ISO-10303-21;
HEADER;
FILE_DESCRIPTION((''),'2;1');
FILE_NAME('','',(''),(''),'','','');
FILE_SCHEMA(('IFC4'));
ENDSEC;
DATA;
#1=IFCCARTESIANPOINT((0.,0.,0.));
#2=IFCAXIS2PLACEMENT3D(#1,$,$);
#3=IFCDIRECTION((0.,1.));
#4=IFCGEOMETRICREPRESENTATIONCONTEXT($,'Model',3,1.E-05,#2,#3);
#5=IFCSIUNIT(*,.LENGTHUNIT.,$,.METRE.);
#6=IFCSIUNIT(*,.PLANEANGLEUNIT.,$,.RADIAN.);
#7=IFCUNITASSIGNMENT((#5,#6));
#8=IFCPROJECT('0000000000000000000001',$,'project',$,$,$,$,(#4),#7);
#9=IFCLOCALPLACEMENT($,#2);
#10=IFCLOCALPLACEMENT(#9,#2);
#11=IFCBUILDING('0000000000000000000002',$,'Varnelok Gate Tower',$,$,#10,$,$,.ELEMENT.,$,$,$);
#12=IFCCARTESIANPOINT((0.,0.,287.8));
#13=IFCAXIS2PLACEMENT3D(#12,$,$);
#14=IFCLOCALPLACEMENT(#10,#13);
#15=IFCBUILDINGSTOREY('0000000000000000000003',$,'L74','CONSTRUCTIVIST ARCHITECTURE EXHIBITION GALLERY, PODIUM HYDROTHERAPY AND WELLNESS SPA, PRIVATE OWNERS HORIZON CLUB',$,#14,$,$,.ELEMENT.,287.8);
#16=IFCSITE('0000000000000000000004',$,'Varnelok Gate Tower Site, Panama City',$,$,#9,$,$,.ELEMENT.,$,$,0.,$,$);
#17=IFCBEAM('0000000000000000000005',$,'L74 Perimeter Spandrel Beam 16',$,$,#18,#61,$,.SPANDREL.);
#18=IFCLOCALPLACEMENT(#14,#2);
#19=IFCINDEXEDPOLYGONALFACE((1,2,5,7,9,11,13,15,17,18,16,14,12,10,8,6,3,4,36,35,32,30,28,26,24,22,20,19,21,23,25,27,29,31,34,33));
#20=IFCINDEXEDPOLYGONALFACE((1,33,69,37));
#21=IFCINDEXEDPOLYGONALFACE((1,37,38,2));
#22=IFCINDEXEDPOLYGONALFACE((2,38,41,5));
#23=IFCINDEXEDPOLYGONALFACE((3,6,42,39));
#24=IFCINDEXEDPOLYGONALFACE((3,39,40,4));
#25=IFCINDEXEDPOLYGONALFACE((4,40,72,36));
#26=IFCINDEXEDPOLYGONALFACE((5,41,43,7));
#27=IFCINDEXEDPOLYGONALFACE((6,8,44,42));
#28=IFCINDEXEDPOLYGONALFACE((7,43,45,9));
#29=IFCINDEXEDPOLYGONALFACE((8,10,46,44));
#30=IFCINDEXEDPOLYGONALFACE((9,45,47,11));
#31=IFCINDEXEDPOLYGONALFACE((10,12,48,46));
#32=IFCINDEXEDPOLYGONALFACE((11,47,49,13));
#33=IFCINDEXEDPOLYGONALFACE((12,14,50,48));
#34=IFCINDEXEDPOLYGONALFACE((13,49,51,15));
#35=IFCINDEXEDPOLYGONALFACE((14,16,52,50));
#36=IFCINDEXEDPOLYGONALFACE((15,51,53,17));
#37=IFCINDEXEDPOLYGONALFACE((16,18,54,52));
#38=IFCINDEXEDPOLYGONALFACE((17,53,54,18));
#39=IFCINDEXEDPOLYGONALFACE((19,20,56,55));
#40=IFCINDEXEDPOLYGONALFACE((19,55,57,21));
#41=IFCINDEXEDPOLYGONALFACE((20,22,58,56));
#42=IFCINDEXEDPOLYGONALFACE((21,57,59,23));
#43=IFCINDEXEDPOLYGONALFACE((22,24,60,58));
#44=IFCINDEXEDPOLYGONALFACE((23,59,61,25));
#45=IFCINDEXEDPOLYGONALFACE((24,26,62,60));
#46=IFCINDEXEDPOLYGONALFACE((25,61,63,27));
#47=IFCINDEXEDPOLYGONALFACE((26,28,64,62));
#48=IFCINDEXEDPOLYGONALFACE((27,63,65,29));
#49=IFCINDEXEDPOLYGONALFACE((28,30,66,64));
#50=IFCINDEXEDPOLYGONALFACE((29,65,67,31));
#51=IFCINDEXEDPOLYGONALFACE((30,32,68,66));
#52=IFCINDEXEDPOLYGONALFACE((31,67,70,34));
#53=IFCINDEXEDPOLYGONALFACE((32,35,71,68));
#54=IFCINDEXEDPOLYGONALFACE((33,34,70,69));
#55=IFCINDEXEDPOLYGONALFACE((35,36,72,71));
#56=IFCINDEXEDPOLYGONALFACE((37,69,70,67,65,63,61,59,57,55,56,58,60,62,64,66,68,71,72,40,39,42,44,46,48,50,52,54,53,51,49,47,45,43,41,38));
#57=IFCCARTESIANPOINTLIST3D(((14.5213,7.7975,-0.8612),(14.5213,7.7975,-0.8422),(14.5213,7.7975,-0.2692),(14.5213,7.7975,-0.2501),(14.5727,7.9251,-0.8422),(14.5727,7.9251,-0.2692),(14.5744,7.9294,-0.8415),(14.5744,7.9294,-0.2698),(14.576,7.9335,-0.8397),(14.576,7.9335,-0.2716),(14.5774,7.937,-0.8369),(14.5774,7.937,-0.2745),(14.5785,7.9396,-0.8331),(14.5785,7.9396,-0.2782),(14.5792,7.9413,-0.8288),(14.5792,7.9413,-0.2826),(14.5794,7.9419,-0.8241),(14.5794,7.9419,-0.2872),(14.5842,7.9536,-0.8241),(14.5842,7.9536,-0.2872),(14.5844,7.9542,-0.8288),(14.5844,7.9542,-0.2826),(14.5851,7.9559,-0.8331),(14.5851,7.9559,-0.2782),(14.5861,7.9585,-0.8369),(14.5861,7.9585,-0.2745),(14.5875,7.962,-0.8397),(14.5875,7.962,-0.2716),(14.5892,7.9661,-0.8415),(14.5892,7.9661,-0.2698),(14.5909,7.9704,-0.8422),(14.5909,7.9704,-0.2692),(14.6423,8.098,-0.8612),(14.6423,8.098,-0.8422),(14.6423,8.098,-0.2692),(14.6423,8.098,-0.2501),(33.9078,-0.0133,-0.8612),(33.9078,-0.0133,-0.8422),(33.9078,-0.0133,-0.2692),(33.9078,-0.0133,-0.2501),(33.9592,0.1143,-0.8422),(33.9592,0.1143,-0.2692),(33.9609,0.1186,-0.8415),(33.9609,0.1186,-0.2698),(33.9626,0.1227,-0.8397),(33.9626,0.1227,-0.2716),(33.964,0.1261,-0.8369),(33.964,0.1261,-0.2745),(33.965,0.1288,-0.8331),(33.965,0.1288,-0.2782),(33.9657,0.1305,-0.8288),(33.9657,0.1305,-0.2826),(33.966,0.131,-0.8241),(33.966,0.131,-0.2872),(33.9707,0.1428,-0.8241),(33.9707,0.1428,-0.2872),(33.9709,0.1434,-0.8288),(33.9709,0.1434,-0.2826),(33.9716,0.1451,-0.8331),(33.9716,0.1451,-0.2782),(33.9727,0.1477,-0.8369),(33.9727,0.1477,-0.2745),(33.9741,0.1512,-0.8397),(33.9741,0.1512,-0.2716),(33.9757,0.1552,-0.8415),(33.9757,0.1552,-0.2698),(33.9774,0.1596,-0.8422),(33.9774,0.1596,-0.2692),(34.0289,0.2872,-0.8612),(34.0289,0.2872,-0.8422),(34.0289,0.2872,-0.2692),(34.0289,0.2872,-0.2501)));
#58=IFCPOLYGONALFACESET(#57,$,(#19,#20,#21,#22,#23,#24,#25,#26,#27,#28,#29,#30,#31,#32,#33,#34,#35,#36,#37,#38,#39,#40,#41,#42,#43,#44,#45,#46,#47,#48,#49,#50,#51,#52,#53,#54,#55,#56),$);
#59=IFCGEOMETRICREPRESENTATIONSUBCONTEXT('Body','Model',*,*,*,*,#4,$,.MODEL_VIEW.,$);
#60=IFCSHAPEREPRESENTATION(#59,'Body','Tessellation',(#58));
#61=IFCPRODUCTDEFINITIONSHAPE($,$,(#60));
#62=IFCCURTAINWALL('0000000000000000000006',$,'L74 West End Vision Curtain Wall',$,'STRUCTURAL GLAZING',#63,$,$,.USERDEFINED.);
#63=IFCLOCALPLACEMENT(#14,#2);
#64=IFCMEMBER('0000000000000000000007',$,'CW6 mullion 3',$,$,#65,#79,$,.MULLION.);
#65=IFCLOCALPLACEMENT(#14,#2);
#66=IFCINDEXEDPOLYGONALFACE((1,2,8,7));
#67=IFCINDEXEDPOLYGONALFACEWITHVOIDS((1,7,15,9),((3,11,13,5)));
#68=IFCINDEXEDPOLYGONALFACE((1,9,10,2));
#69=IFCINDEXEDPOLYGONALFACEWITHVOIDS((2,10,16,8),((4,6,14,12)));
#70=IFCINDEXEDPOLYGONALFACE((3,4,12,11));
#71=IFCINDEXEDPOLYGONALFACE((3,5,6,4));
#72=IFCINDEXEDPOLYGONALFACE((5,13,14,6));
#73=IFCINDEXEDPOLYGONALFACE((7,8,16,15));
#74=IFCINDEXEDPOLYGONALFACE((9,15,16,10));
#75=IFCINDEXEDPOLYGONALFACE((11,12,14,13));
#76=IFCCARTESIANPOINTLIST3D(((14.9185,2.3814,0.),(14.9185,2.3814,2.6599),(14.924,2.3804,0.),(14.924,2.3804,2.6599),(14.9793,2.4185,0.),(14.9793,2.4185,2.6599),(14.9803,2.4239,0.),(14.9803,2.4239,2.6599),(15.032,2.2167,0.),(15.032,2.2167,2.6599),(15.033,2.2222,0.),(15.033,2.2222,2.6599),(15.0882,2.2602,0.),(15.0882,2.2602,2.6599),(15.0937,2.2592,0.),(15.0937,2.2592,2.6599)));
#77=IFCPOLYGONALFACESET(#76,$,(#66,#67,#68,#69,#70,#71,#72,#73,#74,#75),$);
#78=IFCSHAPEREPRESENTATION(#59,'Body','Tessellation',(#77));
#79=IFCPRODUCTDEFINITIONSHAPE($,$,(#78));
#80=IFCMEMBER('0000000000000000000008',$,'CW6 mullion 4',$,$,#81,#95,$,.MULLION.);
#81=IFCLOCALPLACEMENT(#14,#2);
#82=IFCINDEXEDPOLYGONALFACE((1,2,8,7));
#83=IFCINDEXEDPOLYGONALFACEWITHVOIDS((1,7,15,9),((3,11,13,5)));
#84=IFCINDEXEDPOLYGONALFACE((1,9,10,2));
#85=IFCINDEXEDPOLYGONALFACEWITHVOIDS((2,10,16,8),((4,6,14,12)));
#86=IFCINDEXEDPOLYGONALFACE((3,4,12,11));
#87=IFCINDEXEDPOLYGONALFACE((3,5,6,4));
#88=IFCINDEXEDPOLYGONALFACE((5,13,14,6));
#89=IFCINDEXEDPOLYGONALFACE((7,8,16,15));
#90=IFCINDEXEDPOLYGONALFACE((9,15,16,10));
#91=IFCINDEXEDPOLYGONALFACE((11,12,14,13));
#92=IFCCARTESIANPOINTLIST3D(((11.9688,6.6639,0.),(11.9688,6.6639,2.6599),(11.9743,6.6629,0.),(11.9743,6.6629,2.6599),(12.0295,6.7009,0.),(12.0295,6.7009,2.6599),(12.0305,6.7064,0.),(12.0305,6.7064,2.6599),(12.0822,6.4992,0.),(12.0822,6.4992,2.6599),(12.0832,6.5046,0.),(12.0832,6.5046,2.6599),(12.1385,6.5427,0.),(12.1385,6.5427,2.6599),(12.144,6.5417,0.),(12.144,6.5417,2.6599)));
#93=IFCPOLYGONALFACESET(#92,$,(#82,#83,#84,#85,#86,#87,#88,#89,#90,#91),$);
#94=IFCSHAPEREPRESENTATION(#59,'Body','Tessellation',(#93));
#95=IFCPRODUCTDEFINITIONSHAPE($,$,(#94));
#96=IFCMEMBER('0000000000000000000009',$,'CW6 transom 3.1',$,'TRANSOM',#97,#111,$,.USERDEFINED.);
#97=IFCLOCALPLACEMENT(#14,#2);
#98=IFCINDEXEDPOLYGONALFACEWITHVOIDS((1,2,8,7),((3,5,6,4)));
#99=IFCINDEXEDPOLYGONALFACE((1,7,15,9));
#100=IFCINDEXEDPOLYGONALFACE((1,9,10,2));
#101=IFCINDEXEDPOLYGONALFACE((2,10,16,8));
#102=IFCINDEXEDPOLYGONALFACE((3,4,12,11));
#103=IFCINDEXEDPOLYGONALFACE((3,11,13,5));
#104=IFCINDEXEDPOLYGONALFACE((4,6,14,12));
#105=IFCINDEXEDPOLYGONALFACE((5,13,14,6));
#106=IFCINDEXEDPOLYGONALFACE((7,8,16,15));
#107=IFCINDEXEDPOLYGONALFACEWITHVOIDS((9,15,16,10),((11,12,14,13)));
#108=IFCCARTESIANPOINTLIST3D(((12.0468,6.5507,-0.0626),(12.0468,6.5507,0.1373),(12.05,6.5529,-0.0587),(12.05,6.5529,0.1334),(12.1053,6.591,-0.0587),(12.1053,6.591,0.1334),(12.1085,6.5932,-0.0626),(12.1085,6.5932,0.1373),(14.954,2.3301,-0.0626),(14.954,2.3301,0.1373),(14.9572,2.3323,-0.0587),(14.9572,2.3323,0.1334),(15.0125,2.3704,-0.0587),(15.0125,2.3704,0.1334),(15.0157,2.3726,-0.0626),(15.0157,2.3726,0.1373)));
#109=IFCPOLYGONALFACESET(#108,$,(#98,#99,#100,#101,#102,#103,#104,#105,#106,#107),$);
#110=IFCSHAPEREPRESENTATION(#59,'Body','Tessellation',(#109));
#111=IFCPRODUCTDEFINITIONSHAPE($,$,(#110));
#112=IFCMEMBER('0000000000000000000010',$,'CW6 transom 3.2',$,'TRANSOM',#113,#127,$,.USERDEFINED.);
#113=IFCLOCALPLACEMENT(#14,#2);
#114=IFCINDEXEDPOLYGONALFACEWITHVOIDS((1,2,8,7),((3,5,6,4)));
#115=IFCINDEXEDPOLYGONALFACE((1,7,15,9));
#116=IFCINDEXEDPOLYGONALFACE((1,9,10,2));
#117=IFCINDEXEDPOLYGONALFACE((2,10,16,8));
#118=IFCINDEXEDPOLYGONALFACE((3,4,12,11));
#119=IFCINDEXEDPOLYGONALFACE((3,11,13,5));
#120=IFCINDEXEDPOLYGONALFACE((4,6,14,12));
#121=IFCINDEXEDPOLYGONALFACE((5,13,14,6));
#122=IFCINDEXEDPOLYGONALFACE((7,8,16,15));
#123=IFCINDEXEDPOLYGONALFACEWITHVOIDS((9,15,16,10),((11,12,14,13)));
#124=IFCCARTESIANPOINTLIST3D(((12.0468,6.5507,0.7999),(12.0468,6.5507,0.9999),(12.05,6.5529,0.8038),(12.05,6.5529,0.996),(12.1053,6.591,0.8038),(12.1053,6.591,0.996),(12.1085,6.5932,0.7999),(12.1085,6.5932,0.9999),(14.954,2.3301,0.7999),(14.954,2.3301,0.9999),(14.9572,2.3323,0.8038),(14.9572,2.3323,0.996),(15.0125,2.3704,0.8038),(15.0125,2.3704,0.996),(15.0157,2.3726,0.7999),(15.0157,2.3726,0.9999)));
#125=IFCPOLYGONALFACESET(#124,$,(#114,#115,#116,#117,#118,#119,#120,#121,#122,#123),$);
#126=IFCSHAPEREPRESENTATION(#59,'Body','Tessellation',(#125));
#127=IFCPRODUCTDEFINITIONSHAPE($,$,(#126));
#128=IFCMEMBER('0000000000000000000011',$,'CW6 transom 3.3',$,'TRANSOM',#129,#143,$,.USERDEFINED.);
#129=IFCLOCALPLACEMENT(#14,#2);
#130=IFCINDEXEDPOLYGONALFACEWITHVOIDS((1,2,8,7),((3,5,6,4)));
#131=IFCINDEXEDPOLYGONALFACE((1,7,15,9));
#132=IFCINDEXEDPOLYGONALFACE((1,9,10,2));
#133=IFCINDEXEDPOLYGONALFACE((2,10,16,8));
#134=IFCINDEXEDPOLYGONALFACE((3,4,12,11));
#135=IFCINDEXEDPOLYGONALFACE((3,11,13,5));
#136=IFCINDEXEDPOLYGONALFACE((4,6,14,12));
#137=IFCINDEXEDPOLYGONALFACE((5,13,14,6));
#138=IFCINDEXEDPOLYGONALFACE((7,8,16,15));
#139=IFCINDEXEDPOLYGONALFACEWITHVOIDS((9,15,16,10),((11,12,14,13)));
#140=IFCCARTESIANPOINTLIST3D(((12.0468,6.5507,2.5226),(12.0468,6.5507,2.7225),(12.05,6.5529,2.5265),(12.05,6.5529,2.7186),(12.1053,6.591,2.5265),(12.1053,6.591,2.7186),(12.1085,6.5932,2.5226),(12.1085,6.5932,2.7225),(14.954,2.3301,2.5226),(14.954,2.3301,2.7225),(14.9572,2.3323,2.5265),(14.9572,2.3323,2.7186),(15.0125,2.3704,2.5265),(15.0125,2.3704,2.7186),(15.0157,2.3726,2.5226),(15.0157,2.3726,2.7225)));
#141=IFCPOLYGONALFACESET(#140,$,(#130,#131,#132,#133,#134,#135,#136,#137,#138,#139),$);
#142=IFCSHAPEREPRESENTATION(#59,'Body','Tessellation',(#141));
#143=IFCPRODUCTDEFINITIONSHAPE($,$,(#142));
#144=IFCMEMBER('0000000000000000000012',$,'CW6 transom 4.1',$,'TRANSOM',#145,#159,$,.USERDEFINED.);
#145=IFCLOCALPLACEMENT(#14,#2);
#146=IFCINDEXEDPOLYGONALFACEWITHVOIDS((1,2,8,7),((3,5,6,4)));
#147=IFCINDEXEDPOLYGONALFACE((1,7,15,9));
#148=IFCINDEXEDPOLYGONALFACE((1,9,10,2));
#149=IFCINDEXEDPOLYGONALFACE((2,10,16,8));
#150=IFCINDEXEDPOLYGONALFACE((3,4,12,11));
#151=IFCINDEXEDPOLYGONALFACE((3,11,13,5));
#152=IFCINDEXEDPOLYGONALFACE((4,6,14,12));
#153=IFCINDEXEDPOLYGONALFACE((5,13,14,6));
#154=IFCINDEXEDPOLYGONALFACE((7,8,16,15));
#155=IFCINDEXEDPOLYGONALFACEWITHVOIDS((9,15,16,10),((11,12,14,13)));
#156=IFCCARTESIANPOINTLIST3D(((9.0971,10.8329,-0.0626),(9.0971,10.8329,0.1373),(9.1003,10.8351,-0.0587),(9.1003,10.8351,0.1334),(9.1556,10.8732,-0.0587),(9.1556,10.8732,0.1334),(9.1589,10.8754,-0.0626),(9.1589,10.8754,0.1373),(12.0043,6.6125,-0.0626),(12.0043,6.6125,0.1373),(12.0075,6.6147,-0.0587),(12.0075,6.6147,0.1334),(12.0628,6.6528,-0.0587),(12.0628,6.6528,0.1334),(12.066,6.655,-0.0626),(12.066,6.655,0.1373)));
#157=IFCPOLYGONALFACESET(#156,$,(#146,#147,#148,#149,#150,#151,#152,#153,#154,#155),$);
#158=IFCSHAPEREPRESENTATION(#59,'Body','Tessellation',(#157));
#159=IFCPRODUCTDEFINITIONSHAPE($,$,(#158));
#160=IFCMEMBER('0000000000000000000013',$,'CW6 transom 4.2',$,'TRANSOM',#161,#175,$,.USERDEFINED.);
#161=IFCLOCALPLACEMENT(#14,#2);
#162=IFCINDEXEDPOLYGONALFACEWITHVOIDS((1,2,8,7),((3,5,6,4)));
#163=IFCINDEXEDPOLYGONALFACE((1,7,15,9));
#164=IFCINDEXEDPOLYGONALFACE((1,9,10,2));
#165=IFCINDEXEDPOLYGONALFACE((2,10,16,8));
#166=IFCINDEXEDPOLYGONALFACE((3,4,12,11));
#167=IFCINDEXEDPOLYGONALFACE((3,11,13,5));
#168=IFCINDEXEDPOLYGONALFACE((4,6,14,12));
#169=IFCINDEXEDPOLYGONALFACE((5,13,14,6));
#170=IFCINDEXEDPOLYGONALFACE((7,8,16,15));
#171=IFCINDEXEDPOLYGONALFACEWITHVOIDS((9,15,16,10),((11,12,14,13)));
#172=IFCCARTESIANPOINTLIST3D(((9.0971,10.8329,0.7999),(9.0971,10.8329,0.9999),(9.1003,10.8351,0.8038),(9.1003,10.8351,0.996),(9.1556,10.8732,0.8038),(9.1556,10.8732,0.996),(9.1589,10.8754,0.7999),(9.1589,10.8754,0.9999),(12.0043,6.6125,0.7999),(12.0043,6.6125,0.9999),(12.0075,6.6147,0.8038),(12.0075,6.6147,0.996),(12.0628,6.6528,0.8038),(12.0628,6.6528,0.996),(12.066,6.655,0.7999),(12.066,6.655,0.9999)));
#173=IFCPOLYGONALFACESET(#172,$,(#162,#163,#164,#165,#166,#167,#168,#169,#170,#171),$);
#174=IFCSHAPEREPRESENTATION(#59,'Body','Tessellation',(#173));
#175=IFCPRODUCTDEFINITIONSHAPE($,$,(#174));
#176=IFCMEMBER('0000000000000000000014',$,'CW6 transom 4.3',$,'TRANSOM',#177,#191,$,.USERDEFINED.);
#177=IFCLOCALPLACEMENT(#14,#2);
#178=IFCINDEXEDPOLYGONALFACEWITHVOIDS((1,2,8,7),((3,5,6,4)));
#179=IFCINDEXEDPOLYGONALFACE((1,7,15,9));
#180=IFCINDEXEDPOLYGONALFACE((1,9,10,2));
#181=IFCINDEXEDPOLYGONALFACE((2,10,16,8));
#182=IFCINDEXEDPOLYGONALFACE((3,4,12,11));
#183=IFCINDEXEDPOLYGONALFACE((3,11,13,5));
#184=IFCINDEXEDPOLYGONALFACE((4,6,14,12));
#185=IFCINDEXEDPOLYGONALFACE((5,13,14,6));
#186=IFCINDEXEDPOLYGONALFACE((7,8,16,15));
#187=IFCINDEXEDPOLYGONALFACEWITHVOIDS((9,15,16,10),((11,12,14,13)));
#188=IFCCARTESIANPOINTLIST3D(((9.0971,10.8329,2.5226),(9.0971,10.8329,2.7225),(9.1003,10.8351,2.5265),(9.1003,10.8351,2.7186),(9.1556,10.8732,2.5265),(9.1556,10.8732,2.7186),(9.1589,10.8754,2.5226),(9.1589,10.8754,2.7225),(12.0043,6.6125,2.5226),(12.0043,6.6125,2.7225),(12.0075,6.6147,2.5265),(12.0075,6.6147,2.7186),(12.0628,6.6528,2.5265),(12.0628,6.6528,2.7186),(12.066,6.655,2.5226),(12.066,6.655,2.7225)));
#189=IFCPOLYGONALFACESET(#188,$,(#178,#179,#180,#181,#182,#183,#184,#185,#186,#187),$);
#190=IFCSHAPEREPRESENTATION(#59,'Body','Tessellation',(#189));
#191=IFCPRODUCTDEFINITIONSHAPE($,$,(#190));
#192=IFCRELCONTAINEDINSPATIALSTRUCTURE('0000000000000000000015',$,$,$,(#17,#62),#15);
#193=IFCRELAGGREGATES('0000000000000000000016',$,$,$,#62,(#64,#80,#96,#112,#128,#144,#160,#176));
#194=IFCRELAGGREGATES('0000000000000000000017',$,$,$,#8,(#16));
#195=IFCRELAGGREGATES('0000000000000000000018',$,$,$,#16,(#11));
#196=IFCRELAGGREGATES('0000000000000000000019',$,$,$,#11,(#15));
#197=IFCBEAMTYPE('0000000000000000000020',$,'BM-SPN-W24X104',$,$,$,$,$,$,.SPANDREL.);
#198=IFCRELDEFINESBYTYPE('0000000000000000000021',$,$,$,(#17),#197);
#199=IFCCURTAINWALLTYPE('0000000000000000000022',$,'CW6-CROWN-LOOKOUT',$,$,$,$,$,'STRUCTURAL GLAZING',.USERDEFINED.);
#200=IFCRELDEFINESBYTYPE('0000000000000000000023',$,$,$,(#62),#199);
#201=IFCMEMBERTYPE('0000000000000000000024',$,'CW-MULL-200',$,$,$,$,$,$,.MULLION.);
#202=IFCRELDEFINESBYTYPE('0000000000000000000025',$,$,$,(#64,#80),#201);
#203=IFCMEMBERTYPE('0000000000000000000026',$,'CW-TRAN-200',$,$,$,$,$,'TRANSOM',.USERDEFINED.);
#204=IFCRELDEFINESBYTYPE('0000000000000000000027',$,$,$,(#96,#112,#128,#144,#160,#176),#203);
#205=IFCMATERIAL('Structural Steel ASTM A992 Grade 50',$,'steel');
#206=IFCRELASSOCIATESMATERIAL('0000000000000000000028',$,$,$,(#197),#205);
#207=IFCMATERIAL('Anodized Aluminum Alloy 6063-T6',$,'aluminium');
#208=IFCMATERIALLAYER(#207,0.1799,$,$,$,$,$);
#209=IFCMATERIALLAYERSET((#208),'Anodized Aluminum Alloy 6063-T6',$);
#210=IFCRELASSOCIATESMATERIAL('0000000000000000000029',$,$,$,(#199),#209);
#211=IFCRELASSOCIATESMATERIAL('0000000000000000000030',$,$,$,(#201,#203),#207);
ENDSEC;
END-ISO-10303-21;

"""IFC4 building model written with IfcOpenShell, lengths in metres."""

from ifc_helpers import new_model, si_unit, direction, frame, origin, origin_2d, place, context, subcontext, project, spatial, hollow_rectangle, i_section, extrude, material, layer, layer_set, material_profile, profile_set, type_object, element, aggregate, save


model = new_model("IFC4")

# Units and contexts
model_context = context("Model", 3, precision=1e-05, world=origin(), true_north=direction((0.0, 1.0)))
body_context = subcontext(model_context, "Body", "Model", "MODEL_VIEW")
ifc_project = project(units=[si_unit("LENGTHUNIT", "METRE"), si_unit("PLANEANGLEUNIT", "RADIAN")], contexts=[model_context])

# Site, building, storey
site_placement = place(None, origin())
site = spatial("IfcSite", under=ifc_project, at=site_placement, Name="Varnelok Gate Tower Site, Panama City", CompositionType="ELEMENT", RefElevation=0.0)
building_placement = place(site_placement, origin())
building = spatial("IfcBuilding", under=site, at=building_placement, Name="Varnelok Gate Tower", CompositionType="ELEMENT")
storey_placement = place(building_placement, frame((0.0, 0.0, 287.8)))
storey = spatial("IfcBuildingStorey", under=building, at=storey_placement, Name="L74", Description="CONSTRUCTIVIST ARCHITECTURE EXHIBITION GALLERY, PODIUM HYDROTHERAPY AND WELLNESS SPA, PRIVATE OWNERS HORIZON CLUB", CompositionType="ELEMENT", Elevation=287.8)

# Beam
ifc_material_1 = material(Name="Structural Steel ASTM A992 Grade 50", Category="steel")
ifc_material_profile_1 = material_profile(ifc_material_1, i_section(OverallWidth=0.324, OverallDepth=0.6111, WebThickness=0.0127, FlangeThickness=0.019, FilletRadius=0.0181, at=origin_2d()), Name="W24X104")
ifc_profile_set_1 = profile_set([ifc_material_profile_1], Name="Structural Steel ASTM A992 Grade 50")
beam_type = type_object("IfcBeamType", Name="BM-SPN-W24X104", PredefinedType="SPANDREL", material=ifc_profile_set_1)
beam_placement = place(storey_placement, frame((14.5818, 7.9478, -0.5557), z_axis=(0.927547, -0.373708, 0.0), x_axis=(0.373708, 0.927547, 0.0)))
element("IfcBeam", 1, at=beam_placement, inside=storey, type_object=beam_type, Name="L74 Perimeter Spandrel Beam 16", PredefinedType="SPANDREL", context=body_context, shape_type="SweptSolid", body=[
    extrude(i_section(OverallWidth=0.324, OverallDepth=0.6111, WebThickness=0.0127, FlangeThickness=0.019, FilletRadius=0.0181, at=origin_2d()), origin(), (0.0, 0.0, 1.0), 20.9009),
])

# Curtain wall, members
ifc_material_2 = material(Name="Anodized Aluminum Alloy 6063-T6", Category="aluminium")
ifc_layer_1 = layer(ifc_material_2, 0.1799)
ifc_layer_set_1 = layer_set([ifc_layer_1], Name="Anodized Aluminum Alloy 6063-T6")
curtain_wall_type = type_object("IfcCurtainWallType", Name="CW6-CROWN-LOOKOUT", ElementType="STRUCTURAL GLAZING", PredefinedType="USERDEFINED", material=ifc_layer_set_1)
curtain_wall_placement = place(storey_placement, origin())
curtain_wall = element("IfcCurtainWall", 2, at=curtain_wall_placement, inside=storey, type_object=curtain_wall_type, Name="L74 West End Vision Curtain Wall", ObjectType="STRUCTURAL GLAZING", PredefinedType="USERDEFINED")
ifc_material_profile_2 = material_profile(ifc_material_2, hollow_rectangle(XDim=0.075, YDim=0.2, WallThickness=0.0039, at=origin_2d()), Name="ALU200X75X4")
ifc_profile_set_2 = profile_set([ifc_material_profile_2], Name="Anodized Aluminum Alloy 6063-T6")
member_type_1 = type_object("IfcMemberType", Name="CW-MULL-200", PredefinedType="MULLION", material=ifc_profile_set_2)
member_1_placement = place(storey_placement, frame((15.0061, 2.3203, 0.0), z_axis=(0.0, 0.0, 1.0), x_axis=(-0.823532, -0.567269, 0.0)))
member_1 = element("IfcMember", 3, at=member_1_placement, type_object=member_type_1, Name="CW6 mullion 3", PredefinedType="MULLION", context=body_context, shape_type="SweptSolid", body=[
    extrude(hollow_rectangle(XDim=0.075, YDim=0.2, WallThickness=0.0039, at=origin_2d()), origin(), (0.0, 0.0, 1.0), 2.6599),
])
member_2_placement = place(storey_placement, frame((12.0564, 6.6028, 0.0), z_axis=(0.0, 0.0, 1.0), x_axis=(-0.823532, -0.567269, 0.0)))
member_2 = element("IfcMember", 4, at=member_2_placement, type_object=member_type_1, Name="CW6 mullion 4", PredefinedType="MULLION", context=body_context, shape_type="SweptSolid", body=[
    extrude(hollow_rectangle(XDim=0.075, YDim=0.2, WallThickness=0.0039, at=origin_2d()), origin(), (0.0, 0.0, 1.0), 2.6599),
])
ifc_material_profile_3 = material_profile(ifc_material_2, hollow_rectangle(XDim=0.075, YDim=0.2, WallThickness=0.0039, at=origin_2d()), Name="ALU200X75X4")
ifc_profile_set_3 = profile_set([ifc_material_profile_3], Name="Anodized Aluminum Alloy 6063-T6")
member_type_2 = type_object("IfcMemberType", Name="CW-TRAN-200", ElementType="TRANSOM", PredefinedType="USERDEFINED", material=ifc_profile_set_3)
member_3_placement = place(storey_placement, frame((14.9849, 2.3513, 0.0374), z_axis=(-0.567256, 0.823541, 0.0), x_axis=(-0.823541, -0.567256, 0.0)))
member_3 = element("IfcMember", 5, at=member_3_placement, type_object=member_type_2, Name="CW6 transom 3.1", ObjectType="TRANSOM", PredefinedType="USERDEFINED", context=body_context, shape_type="SweptSolid", body=[
    extrude(hollow_rectangle(XDim=0.075, YDim=0.2, WallThickness=0.0039, at=origin_2d()), origin(), (0.0, 0.0, 1.0), 5.125),
])
member_4_placement = place(storey_placement, frame((14.9849, 2.3513, 0.8999), z_axis=(-0.567256, 0.823541, 0.0), x_axis=(-0.823541, -0.567256, 0.0)))
member_4 = element("IfcMember", 6, at=member_4_placement, type_object=member_type_2, Name="CW6 transom 3.2", ObjectType="TRANSOM", PredefinedType="USERDEFINED", context=body_context, shape_type="SweptSolid", body=[
    extrude(hollow_rectangle(XDim=0.075, YDim=0.2, WallThickness=0.0039, at=origin_2d()), origin(), (0.0, 0.0, 1.0), 5.125),
])
member_5_placement = place(storey_placement, frame((14.9849, 2.3513, 2.6226), z_axis=(-0.567256, 0.823541, 0.0), x_axis=(-0.823541, -0.567256, 0.0)))
member_5 = element("IfcMember", 7, at=member_5_placement, type_object=member_type_2, Name="CW6 transom 3.3", ObjectType="TRANSOM", PredefinedType="USERDEFINED", context=body_context, shape_type="SweptSolid", body=[
    extrude(hollow_rectangle(XDim=0.075, YDim=0.2, WallThickness=0.0039, at=origin_2d()), origin(), (0.0, 0.0, 1.0), 5.125),
])
member_6_placement = place(storey_placement, frame((12.0352, 6.6338, 0.0374), z_axis=(-0.567279, 0.823526, 0.0), x_axis=(-0.823526, -0.567279, 0.0)))
member_6 = element("IfcMember", 8, at=member_6_placement, type_object=member_type_2, Name="CW6 transom 4.1", ObjectType="TRANSOM", PredefinedType="USERDEFINED", context=body_context, shape_type="SweptSolid", body=[
    extrude(hollow_rectangle(XDim=0.075, YDim=0.2, WallThickness=0.0039, at=origin_2d()), origin(), (0.0, 0.0, 1.0), 5.1248),
])
member_7_placement = place(storey_placement, frame((12.0352, 6.6338, 0.8999), z_axis=(-0.567279, 0.823526, 0.0), x_axis=(-0.823526, -0.567279, 0.0)))
member_7 = element("IfcMember", 9, at=member_7_placement, type_object=member_type_2, Name="CW6 transom 4.2", ObjectType="TRANSOM", PredefinedType="USERDEFINED", context=body_context, shape_type="SweptSolid", body=[
    extrude(hollow_rectangle(XDim=0.075, YDim=0.2, WallThickness=0.0039, at=origin_2d()), origin(), (0.0, 0.0, 1.0), 5.1248),
])
member_8_placement = place(storey_placement, frame((12.0352, 6.6338, 2.6226), z_axis=(-0.567279, 0.823526, 0.0), x_axis=(-0.823526, -0.567279, 0.0)))
member_8 = element("IfcMember", 10, at=member_8_placement, type_object=member_type_2, Name="CW6 transom 4.3", ObjectType="TRANSOM", PredefinedType="USERDEFINED", context=body_context, shape_type="SweptSolid", body=[
    extrude(hollow_rectangle(XDim=0.075, YDim=0.2, WallThickness=0.0039, at=origin_2d()), origin(), (0.0, 0.0, 1.0), 5.1248),
])

aggregate(curtain_wall, [member_1, member_2, member_3, member_4, member_5, member_6, member_7, member_8])

save(model, "model.ifc")
